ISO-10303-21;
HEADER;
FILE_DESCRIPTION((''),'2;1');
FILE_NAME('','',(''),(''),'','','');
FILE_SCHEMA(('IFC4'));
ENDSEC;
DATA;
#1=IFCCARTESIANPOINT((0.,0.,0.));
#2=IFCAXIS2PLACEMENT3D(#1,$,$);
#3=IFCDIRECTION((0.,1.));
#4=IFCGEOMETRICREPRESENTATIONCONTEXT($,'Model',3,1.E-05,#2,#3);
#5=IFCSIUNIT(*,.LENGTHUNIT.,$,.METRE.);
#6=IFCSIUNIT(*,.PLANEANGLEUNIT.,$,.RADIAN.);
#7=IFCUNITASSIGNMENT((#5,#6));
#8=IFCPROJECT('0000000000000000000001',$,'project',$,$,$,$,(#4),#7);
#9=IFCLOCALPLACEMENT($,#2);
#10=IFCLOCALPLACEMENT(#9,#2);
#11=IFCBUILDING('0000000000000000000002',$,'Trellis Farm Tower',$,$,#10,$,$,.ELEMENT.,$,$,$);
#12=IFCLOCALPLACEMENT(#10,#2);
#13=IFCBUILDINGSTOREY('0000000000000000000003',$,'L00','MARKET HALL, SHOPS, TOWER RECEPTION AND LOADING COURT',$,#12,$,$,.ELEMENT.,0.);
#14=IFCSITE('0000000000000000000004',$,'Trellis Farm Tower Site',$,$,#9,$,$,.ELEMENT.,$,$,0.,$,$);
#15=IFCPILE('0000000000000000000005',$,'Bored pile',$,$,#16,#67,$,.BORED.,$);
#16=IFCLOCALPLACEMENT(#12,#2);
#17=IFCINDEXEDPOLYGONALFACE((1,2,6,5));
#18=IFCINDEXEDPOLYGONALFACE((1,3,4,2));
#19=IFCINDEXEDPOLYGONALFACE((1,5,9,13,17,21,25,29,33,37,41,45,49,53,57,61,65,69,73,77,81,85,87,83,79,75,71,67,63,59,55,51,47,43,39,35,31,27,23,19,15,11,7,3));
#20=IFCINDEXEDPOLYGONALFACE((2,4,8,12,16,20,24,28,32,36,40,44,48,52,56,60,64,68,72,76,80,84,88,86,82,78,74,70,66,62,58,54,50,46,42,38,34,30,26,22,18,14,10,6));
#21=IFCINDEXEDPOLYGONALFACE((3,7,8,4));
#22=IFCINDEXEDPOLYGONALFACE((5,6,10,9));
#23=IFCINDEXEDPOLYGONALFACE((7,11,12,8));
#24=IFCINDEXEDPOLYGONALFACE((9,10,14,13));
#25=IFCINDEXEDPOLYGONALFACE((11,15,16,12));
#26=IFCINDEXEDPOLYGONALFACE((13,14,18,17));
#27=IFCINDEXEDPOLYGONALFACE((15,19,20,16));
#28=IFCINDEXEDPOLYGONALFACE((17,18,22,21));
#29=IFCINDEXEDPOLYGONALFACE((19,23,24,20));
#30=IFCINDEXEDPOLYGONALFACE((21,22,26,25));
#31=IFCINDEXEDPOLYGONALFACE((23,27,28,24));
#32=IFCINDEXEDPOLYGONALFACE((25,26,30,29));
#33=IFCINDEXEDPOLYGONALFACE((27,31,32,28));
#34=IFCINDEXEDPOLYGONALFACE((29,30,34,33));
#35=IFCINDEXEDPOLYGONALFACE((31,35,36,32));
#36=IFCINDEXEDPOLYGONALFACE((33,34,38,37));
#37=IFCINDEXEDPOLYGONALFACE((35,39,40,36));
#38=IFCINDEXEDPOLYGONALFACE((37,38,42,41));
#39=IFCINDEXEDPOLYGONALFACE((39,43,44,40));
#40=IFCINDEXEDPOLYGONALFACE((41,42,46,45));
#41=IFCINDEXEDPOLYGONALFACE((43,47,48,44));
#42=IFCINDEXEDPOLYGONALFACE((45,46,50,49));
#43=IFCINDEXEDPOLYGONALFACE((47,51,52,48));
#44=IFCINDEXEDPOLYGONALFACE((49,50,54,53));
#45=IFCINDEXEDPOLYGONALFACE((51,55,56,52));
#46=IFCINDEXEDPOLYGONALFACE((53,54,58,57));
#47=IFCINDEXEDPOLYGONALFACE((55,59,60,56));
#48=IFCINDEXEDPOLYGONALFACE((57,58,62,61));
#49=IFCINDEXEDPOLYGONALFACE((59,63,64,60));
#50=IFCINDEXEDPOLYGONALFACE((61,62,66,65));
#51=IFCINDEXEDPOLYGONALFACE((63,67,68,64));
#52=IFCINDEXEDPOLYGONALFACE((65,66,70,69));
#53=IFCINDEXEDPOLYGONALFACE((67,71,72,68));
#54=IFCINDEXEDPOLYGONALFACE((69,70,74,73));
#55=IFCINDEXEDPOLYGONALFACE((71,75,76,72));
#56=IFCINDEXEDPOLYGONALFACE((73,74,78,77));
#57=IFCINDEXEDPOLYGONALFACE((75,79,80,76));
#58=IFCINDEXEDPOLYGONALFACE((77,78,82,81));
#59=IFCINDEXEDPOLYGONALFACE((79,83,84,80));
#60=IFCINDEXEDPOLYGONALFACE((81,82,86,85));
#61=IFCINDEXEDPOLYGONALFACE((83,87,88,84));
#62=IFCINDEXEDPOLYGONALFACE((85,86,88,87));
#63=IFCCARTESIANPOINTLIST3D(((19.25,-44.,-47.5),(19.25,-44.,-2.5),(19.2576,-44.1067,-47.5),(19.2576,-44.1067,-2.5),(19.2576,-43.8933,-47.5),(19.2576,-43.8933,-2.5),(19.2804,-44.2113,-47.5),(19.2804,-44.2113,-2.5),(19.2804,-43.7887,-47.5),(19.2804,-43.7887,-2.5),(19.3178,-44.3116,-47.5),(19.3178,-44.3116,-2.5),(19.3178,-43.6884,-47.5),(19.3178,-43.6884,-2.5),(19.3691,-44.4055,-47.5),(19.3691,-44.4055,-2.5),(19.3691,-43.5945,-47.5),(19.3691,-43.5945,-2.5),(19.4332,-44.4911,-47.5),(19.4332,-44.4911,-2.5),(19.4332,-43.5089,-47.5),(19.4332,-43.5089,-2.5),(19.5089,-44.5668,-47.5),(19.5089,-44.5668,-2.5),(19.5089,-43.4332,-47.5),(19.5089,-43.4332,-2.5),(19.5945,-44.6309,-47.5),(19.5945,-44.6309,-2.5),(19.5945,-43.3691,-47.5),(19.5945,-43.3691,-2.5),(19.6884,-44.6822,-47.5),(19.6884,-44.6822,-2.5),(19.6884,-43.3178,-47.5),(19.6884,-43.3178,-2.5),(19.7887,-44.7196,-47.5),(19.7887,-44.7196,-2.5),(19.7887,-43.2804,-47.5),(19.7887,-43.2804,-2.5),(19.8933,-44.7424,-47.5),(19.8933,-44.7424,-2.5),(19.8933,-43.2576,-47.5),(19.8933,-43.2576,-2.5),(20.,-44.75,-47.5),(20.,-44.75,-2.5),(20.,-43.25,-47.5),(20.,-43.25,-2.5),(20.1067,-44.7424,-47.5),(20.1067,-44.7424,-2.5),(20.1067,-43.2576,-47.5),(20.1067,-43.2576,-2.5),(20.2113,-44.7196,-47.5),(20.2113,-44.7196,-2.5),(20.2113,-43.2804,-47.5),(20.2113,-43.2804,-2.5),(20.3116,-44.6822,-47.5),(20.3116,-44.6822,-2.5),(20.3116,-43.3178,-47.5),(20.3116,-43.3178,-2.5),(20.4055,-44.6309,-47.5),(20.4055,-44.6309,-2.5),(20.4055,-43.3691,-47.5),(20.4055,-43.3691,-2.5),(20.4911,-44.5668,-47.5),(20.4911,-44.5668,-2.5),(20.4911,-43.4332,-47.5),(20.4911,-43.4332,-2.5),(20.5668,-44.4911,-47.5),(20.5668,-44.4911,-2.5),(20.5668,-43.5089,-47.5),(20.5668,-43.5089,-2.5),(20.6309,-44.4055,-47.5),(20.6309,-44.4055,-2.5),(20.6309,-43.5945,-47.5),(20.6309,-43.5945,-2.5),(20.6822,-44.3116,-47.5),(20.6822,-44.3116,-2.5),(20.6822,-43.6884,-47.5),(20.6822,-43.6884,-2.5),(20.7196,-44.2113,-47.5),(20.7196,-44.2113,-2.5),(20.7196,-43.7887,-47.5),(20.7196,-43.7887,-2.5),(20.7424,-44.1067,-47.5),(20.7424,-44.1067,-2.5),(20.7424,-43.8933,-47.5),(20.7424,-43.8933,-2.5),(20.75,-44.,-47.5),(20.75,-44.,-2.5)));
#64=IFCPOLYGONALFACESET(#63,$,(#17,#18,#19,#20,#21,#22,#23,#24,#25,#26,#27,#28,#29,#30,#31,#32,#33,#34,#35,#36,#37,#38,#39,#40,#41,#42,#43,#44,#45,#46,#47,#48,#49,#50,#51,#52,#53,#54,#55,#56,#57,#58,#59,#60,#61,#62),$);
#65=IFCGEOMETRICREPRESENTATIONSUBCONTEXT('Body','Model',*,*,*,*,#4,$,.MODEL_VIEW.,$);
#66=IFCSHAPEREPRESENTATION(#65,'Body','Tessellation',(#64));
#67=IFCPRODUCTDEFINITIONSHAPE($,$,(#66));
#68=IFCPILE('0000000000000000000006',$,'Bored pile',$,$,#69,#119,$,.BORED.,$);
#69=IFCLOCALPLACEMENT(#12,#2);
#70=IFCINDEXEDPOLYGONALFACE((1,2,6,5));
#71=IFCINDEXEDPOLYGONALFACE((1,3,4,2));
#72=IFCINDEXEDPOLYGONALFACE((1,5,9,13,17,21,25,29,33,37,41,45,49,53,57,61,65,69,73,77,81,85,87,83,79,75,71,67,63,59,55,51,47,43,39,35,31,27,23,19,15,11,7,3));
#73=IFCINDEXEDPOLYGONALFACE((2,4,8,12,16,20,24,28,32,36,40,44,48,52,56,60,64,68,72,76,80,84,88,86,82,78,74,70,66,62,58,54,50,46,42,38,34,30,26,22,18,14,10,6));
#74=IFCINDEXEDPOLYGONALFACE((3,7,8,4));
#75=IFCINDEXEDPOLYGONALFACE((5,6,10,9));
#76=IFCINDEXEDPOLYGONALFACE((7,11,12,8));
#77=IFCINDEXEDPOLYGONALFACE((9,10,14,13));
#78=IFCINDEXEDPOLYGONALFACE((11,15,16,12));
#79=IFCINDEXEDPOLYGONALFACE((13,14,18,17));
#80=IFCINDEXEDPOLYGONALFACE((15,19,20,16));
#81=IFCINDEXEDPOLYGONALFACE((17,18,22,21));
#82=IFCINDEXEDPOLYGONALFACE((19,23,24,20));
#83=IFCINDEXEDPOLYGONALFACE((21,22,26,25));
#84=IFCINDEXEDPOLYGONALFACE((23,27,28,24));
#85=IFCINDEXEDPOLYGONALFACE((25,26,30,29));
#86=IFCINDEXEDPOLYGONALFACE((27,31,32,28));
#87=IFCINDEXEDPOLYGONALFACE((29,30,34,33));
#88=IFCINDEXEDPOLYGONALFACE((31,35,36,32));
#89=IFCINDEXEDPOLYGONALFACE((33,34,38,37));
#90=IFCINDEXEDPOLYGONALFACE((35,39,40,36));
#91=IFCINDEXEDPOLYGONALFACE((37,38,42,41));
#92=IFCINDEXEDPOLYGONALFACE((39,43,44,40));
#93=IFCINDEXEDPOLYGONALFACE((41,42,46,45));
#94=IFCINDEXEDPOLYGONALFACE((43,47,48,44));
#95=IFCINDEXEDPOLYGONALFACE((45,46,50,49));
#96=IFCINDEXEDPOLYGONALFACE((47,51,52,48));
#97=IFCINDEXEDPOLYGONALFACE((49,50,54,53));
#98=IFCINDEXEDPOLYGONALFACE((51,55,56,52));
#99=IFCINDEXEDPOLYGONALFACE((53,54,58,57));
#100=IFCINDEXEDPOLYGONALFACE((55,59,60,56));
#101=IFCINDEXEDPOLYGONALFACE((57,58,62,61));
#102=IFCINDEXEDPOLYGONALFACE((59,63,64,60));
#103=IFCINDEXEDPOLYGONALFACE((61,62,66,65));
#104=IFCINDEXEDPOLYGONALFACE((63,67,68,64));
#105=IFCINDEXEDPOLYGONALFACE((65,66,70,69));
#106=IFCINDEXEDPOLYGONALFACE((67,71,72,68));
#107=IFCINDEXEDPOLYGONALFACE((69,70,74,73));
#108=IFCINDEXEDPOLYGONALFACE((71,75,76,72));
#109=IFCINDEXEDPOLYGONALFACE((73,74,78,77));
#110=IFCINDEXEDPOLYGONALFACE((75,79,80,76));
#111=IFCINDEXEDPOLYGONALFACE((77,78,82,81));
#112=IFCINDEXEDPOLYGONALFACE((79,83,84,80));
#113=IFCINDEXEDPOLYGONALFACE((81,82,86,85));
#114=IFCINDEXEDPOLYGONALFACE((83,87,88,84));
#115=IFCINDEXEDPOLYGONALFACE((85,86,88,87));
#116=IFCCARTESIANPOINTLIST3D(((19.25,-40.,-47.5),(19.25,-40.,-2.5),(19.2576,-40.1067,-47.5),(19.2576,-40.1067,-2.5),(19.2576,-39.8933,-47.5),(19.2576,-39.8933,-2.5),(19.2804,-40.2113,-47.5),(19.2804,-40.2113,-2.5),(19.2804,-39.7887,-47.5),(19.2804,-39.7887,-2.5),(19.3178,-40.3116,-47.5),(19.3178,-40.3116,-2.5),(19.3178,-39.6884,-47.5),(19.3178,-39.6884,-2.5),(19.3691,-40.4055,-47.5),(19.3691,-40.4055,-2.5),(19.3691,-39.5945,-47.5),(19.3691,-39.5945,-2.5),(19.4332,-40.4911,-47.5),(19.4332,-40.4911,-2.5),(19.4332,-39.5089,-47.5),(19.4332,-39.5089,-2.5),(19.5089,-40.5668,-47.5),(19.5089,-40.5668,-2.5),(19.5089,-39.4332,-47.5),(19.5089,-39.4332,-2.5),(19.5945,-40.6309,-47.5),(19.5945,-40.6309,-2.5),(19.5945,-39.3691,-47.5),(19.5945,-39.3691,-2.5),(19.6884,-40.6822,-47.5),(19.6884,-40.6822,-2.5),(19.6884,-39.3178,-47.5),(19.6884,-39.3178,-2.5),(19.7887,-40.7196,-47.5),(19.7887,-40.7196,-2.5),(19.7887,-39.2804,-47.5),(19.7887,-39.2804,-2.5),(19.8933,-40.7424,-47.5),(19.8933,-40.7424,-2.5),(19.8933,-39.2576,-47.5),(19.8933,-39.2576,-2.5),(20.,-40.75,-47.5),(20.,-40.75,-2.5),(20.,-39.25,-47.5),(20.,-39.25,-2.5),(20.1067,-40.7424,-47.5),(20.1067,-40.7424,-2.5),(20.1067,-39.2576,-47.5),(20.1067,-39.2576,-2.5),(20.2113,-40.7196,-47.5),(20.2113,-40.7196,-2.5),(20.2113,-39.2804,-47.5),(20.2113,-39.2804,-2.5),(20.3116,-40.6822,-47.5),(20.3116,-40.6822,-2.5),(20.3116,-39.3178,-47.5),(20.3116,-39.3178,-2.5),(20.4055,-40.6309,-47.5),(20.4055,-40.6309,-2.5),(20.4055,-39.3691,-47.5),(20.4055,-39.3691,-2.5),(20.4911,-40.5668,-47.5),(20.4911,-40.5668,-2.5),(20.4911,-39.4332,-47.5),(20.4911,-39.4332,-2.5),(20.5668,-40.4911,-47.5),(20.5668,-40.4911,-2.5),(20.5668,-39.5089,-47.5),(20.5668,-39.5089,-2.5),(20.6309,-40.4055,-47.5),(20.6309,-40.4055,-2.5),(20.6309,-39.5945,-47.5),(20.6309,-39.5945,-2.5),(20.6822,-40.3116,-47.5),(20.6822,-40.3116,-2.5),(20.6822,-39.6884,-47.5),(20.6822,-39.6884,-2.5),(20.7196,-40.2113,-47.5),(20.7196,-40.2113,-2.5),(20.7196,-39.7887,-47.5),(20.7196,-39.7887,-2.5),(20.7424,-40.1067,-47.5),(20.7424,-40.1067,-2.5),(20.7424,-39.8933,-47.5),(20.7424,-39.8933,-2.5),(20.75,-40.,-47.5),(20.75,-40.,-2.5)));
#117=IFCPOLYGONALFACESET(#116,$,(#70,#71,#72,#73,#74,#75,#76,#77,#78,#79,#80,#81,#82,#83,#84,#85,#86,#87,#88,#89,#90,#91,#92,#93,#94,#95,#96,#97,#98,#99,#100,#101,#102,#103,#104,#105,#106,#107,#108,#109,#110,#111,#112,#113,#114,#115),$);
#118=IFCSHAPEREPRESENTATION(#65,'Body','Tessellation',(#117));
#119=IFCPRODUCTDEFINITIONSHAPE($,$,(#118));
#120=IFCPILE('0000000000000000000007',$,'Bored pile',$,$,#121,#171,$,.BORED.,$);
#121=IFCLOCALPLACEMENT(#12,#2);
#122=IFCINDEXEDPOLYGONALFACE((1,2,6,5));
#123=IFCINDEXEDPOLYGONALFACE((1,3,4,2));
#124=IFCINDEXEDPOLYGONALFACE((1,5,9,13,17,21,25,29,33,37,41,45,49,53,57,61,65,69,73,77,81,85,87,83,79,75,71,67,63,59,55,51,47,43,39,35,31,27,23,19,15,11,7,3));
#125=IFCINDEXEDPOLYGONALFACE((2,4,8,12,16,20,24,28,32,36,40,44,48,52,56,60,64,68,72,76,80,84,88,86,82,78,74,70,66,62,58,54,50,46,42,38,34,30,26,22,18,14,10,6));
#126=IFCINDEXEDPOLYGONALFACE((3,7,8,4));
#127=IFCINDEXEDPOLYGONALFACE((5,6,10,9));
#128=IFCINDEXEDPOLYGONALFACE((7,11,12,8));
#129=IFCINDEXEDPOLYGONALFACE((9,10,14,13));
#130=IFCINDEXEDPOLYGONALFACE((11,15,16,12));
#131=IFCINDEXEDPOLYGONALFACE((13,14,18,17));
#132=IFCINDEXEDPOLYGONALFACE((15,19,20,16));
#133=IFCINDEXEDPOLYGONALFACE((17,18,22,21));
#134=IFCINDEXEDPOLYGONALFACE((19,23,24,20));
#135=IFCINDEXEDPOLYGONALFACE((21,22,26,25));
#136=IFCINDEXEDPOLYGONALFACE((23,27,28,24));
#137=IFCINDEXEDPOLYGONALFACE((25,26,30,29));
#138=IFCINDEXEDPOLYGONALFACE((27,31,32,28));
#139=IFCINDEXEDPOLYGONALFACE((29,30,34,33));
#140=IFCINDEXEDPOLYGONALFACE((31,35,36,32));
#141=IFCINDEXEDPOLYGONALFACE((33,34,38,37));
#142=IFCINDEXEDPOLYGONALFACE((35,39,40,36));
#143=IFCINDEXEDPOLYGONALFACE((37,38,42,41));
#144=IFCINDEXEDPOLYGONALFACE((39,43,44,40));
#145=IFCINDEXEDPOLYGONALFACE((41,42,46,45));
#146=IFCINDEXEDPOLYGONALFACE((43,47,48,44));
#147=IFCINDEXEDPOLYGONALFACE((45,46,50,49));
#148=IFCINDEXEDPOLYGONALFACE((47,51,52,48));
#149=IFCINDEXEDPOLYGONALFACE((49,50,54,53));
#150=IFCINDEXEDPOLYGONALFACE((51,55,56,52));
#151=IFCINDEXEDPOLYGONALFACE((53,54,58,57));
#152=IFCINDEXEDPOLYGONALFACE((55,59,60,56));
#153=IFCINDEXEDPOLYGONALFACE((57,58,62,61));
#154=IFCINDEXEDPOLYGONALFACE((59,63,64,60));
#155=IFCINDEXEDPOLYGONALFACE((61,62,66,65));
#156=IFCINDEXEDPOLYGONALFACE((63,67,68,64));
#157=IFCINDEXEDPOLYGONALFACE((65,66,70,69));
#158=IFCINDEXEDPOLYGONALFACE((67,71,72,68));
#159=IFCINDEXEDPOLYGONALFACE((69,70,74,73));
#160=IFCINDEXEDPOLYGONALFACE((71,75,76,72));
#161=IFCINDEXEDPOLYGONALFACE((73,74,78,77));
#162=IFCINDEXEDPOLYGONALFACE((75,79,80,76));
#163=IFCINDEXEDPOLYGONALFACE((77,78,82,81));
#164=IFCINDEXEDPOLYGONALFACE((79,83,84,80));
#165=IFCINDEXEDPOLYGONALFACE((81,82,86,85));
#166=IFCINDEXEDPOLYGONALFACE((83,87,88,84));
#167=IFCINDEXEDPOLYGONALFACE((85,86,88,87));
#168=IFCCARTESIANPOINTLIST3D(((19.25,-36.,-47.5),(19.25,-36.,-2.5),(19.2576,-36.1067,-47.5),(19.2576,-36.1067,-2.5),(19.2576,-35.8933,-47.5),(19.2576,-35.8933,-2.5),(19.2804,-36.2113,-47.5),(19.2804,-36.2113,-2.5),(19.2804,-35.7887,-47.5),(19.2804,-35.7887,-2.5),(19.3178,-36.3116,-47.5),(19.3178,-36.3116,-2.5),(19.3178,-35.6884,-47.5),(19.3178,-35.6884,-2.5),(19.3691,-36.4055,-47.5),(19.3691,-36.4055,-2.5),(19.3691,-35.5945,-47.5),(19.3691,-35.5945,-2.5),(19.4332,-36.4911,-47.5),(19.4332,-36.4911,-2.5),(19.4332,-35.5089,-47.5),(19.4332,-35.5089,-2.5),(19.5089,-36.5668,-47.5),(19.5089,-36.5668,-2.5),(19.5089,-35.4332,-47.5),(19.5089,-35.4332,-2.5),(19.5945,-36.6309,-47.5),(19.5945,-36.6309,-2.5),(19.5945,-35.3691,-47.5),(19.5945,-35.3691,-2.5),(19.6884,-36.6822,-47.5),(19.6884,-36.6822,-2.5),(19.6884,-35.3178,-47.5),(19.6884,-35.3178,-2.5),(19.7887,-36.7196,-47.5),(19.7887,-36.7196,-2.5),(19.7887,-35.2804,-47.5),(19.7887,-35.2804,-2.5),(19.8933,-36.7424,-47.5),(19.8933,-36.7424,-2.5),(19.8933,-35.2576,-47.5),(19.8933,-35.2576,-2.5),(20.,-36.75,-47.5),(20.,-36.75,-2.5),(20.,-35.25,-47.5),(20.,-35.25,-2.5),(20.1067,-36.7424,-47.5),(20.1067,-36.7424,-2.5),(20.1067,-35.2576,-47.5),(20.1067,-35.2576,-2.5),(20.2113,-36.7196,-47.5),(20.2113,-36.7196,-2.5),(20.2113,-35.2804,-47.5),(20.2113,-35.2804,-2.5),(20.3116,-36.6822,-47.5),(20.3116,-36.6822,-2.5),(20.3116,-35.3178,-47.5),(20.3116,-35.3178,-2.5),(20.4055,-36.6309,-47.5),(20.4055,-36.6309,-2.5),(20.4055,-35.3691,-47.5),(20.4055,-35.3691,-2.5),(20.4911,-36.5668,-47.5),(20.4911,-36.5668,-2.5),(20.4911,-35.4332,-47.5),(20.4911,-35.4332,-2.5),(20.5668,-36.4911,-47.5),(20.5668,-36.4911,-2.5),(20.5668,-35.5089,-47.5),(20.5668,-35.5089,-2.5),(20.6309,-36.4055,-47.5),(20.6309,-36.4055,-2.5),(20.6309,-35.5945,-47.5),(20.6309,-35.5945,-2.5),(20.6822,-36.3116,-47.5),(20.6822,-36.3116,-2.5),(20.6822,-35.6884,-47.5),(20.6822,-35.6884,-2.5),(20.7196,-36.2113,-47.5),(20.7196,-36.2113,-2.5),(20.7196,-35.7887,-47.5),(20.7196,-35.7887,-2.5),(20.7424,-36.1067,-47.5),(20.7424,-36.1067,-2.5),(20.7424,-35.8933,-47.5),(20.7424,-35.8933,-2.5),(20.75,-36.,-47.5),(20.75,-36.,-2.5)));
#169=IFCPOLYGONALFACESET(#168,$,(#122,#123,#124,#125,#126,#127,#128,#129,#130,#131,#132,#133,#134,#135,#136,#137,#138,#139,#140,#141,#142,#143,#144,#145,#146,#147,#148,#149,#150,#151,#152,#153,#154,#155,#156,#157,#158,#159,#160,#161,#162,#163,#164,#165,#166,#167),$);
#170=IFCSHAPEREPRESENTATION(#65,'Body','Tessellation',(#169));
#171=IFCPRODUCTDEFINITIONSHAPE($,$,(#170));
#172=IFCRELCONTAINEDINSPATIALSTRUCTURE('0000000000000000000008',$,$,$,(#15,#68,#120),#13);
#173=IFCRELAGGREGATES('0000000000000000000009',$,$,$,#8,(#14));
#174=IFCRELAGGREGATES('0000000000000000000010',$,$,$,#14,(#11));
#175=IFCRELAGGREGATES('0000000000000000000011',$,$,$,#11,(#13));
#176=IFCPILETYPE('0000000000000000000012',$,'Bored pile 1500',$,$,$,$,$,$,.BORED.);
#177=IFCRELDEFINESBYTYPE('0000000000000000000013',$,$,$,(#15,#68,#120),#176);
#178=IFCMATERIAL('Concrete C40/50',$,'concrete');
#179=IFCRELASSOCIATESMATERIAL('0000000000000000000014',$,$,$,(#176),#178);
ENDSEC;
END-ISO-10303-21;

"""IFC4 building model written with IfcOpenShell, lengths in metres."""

from ifc_helpers import new_model, si_unit, direction, frame, origin, origin_2d, place, context, subcontext, project, spatial, circle, extrude, source, transform, mapped, material, material_profile, profile_set, type_object, element, save


model = new_model("IFC4")

# Units and contexts
model_context = context("Model", 3, precision=1e-05, world=origin(), true_north=direction((0.0, 1.0)))
body_context = subcontext(model_context, "Body", "Model", "MODEL_VIEW")
ifc_project = project(units=[si_unit("LENGTHUNIT", "METRE"), si_unit("PLANEANGLEUNIT", "RADIAN")], contexts=[model_context])

# Site, building, storey
site_placement = place(None, origin())
site = spatial("IfcSite", under=ifc_project, at=site_placement, Name="Trellis Farm Tower Site", CompositionType="ELEMENT", RefElevation=0.0)
building_placement = place(site_placement, origin())
building = spatial("IfcBuilding", under=site, at=building_placement, Name="Trellis Farm Tower", CompositionType="ELEMENT")
storey_placement = place(building_placement, origin())
storey = spatial("IfcBuildingStorey", under=building, at=storey_placement, Name="L00", Description="MARKET HALL, SHOPS, TOWER RECEPTION AND LOADING COURT", CompositionType="ELEMENT", Elevation=0.0)

# Piles
ifc_material_1 = material(Name="Concrete C40/50", Category="concrete")
ifc_material_profile_1 = material_profile(ifc_material_1, circle(Radius=0.75, at=origin_2d()), Name="Bored pile 1500")
ifc_profile_set_1 = profile_set([ifc_material_profile_1], Name="Concrete C40/50")
pile_type = type_object("IfcPileType", Name="Bored pile 1500", PredefinedType="BORED", material=ifc_profile_set_1)
shared_shape_1 = source(origin(), body_context, "Body", "SweptSolid", [
    extrude(circle(Radius=0.75, at=origin_2d()), origin(), (0.0, 0.0, 1.0), 45.0),
])
for number, where, z_axis, x_axis, name in (
    (1, (20.0, -44.0, -2.5), (0.0, 0.0, -1.0), (1.0, 0.0, 0.0), "Bored pile"),
    (2, (20.0, -40.0, -2.5), (0.0, 0.0, -1.0), (1.0, 0.0, 0.0), "Bored pile"),
    (3, (20.0, -36.0, -2.5), (0.0, 0.0, -1.0), (1.0, 0.0, 0.0), "Bored pile"),
):
    element("IfcPile", number, at=place(storey_placement, frame(where, z_axis=z_axis, x_axis=x_axis)), inside=storey, type_object=pile_type, Name=name, PredefinedType="BORED", context=body_context, shape_type="MappedRepresentation", body=[
        mapped(shared_shape_1, transform((0.0, 0.0, 0.0))),
    ])

save(model, "model.ifc")
